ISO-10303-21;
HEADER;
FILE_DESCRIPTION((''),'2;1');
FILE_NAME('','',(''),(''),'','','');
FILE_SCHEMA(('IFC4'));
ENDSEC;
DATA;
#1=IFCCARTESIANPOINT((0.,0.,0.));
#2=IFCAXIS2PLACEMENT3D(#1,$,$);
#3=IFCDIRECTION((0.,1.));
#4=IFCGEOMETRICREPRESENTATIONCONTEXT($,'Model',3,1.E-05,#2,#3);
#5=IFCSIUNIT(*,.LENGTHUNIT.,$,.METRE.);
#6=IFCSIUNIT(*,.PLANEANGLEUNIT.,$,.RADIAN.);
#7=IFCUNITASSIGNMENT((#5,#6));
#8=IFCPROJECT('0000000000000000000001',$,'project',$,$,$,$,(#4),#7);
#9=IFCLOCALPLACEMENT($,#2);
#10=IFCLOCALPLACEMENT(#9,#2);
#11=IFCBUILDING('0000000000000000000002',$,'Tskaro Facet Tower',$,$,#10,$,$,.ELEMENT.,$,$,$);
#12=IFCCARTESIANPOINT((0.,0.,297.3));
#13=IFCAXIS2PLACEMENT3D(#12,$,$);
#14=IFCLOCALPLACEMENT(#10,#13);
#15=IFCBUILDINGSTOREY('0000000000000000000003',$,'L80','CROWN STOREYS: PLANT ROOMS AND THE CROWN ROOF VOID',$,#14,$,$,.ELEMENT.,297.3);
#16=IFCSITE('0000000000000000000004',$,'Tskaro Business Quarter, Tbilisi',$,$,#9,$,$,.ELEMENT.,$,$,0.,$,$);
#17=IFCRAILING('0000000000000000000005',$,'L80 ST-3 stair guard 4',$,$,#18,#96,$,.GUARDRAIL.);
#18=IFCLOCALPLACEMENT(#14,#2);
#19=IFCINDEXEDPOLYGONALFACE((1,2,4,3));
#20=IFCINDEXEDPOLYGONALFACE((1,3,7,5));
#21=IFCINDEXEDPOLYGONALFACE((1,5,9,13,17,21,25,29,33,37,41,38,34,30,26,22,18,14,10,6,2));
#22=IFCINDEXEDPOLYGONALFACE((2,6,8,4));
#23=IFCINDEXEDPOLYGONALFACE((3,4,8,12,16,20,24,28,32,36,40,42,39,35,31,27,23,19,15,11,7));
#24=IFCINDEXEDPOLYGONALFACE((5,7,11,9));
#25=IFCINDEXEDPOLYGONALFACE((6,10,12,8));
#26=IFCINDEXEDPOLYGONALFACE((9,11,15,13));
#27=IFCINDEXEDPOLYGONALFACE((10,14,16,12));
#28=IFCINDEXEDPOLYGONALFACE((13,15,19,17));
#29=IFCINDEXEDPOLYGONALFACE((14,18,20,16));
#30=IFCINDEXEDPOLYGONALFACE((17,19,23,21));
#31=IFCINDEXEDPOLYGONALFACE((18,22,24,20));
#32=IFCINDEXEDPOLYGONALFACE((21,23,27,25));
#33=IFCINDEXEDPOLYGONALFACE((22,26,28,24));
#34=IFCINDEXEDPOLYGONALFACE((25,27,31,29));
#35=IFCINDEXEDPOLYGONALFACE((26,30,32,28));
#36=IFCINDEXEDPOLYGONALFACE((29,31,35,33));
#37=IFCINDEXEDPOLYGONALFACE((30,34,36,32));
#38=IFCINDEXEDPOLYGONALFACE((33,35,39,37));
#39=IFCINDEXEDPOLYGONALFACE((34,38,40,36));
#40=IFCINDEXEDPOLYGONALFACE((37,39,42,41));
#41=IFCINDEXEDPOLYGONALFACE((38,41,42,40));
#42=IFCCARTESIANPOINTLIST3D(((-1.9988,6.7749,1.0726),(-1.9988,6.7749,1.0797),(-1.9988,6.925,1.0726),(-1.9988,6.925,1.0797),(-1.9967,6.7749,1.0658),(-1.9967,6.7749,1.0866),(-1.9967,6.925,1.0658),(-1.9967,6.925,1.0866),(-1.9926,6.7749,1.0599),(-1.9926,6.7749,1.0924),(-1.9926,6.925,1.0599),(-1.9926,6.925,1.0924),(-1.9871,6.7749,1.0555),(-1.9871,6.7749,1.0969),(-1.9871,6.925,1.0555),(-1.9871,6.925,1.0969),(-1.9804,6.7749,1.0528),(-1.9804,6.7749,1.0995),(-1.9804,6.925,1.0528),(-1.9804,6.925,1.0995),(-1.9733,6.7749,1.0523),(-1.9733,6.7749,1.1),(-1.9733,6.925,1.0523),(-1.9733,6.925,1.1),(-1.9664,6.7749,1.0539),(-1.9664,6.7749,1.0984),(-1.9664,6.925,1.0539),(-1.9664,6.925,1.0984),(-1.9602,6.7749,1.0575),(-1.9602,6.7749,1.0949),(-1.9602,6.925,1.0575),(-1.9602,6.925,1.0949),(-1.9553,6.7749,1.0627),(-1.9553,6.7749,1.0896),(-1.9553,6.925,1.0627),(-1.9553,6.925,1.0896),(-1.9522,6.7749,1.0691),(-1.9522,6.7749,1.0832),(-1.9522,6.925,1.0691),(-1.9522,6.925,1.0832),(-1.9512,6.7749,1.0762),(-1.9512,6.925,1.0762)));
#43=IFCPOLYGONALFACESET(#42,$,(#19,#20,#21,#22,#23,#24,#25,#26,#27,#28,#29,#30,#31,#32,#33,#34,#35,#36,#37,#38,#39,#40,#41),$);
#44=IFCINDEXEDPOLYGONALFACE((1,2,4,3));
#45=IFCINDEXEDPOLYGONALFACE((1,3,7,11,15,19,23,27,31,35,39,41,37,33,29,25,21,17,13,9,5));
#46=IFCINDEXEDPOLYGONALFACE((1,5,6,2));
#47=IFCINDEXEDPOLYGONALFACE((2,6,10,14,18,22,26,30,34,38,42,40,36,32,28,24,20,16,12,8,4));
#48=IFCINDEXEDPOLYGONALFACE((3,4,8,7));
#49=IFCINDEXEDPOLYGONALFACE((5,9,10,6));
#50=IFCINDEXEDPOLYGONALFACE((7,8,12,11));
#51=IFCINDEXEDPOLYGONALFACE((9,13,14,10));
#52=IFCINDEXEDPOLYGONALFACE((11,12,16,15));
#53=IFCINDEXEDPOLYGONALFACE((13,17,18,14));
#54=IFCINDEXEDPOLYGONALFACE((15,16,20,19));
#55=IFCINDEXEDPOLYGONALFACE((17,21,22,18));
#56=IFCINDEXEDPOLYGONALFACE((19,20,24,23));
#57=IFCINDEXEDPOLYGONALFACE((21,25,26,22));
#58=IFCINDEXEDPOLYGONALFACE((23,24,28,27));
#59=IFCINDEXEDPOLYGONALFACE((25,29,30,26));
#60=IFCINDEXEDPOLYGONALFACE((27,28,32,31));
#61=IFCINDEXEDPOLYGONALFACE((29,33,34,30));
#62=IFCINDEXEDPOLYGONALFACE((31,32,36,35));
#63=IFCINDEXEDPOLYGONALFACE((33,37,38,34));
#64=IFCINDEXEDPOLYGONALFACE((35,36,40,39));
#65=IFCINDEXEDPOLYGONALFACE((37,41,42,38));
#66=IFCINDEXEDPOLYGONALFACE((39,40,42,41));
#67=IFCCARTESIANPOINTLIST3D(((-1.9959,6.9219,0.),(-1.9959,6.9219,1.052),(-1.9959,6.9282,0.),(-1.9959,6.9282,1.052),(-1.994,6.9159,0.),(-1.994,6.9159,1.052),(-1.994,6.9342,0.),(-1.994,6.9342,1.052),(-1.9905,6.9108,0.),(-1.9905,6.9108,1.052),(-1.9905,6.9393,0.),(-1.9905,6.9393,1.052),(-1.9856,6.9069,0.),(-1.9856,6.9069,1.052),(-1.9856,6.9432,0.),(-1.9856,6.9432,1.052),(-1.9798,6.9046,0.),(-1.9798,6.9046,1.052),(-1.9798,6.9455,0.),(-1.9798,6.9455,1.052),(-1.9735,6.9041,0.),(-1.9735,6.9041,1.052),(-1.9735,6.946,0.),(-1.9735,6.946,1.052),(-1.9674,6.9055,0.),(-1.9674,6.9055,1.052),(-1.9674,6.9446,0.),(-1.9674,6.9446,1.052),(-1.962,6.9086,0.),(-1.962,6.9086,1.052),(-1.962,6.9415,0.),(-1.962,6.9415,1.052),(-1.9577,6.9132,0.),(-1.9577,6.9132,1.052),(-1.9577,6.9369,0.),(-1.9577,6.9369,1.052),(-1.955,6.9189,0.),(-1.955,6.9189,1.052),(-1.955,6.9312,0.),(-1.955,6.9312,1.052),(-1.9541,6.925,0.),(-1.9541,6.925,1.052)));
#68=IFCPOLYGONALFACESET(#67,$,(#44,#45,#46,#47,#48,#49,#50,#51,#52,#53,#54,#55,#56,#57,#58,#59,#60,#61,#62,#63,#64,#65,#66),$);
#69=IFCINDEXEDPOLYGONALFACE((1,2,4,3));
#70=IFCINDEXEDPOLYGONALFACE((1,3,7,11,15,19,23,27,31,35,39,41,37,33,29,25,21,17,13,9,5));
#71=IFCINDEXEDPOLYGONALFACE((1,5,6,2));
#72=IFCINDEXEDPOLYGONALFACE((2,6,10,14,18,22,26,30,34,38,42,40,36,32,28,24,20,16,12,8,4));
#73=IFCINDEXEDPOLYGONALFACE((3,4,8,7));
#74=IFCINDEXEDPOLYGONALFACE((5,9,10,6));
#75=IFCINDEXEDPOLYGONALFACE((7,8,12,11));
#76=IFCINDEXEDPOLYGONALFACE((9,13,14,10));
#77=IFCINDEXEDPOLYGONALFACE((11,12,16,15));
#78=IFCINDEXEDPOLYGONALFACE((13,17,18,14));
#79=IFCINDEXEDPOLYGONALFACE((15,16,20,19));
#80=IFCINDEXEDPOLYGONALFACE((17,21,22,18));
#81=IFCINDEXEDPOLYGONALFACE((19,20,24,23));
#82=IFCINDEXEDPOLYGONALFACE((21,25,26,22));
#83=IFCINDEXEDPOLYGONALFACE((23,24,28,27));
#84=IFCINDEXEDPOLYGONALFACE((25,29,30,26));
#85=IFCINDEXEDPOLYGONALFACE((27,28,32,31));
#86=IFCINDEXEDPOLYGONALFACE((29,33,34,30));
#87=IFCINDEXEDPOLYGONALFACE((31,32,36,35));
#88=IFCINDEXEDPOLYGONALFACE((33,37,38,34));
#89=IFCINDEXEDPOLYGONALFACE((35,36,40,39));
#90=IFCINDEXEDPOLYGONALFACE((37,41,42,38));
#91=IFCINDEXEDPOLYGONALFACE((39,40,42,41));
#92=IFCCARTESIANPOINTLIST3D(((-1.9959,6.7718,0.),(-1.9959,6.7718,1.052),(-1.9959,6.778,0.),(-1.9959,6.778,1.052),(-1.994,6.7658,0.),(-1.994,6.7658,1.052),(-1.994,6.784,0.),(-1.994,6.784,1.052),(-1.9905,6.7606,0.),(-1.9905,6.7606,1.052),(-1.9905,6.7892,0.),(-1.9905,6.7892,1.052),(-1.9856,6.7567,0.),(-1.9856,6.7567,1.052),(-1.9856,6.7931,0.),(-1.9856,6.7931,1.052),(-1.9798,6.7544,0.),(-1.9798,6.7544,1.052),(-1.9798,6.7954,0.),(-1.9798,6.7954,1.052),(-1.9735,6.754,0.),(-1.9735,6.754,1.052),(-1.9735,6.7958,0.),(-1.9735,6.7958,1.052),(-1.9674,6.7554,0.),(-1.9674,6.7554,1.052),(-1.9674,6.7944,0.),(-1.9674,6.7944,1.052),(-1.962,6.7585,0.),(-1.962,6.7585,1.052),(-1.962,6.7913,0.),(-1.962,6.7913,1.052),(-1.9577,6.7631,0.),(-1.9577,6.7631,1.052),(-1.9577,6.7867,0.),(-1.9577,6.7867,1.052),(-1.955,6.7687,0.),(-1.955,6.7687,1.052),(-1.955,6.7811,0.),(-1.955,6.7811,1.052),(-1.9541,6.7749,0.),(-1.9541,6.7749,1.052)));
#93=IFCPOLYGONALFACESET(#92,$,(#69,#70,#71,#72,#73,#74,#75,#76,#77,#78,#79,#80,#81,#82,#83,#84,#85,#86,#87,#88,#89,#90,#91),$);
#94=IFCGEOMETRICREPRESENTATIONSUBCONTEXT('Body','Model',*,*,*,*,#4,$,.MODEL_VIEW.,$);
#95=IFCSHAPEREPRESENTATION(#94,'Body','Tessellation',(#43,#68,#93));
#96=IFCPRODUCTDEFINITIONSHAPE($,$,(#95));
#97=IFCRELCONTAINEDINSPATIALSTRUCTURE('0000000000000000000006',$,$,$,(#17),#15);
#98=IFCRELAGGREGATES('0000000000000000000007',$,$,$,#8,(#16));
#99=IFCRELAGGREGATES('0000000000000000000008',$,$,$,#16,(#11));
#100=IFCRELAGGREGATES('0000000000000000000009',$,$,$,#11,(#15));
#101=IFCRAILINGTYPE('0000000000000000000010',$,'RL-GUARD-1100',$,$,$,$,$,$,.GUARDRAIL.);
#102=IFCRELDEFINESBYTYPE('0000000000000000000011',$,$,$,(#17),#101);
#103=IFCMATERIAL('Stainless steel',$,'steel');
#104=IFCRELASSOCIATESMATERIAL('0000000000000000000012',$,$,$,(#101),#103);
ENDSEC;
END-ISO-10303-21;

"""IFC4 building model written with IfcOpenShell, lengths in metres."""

from ifc_helpers import new_model, si_unit, direction, frame, origin, origin_2d, place, context, subcontext, project, spatial, circle, extrude, material, type_object, element, save


model = new_model("IFC4")

# Units and contexts
model_context = context("Model", 3, precision=1e-05, world=origin(), true_north=direction((0.0, 1.0)))
body_context = subcontext(model_context, "Body", "Model", "MODEL_VIEW")
ifc_project = project(units=[si_unit("LENGTHUNIT", "METRE"), si_unit("PLANEANGLEUNIT", "RADIAN")], contexts=[model_context])

# Site, building, storey
site_placement = place(None, origin())
site = spatial("IfcSite", under=ifc_project, at=site_placement, Name="Tskaro Business Quarter, Tbilisi", CompositionType="ELEMENT", RefElevation=0.0)
building_placement = place(site_placement, origin())
building = spatial("IfcBuilding", under=site, at=building_placement, Name="Tskaro Facet Tower", CompositionType="ELEMENT")
storey_placement = place(building_placement, frame((0.0, 0.0, 297.3)))
storey = spatial("IfcBuildingStorey", under=building, at=storey_placement, Name="L80", Description="CROWN STOREYS: PLANT ROOMS AND THE CROWN ROOF VOID", CompositionType="ELEMENT", Elevation=297.3)

# Railing
ifc_material_1 = material(Name="Stainless steel", Category="steel")
railing_type_1 = type_object("IfcRailingType", Name="RL-GUARD-1100", PredefinedType="GUARDRAIL", material=ifc_material_1)
railing_1_placement = place(storey_placement, frame((-1.9751, 6.925, 0.0)))
element("IfcRailing", 1, at=railing_1_placement, inside=storey, type_object=railing_type_1, Name="L80 ST-3 stair guard 4", PredefinedType="GUARDRAIL", context=body_context, shape_type="SweptSolid", body=[
    extrude(circle(Radius=0.0239, at=origin_2d()), frame((0.0, 0.0, 1.0762), z_axis=(0.0, -1.0, 0.0), x_axis=(1.0, 0.0, 0.0)), (0.0, 0.0, 1.0), 0.1501),
    extrude(circle(Radius=0.021, at=origin_2d()), origin(), (0.0, 0.0, 1.0), 1.052),
    extrude(circle(Radius=0.021, at=origin_2d()), frame((0.0, -0.1501, 0.0)), (0.0, 0.0, 1.0), 1.052),
])

save(model, "model.ifc")
